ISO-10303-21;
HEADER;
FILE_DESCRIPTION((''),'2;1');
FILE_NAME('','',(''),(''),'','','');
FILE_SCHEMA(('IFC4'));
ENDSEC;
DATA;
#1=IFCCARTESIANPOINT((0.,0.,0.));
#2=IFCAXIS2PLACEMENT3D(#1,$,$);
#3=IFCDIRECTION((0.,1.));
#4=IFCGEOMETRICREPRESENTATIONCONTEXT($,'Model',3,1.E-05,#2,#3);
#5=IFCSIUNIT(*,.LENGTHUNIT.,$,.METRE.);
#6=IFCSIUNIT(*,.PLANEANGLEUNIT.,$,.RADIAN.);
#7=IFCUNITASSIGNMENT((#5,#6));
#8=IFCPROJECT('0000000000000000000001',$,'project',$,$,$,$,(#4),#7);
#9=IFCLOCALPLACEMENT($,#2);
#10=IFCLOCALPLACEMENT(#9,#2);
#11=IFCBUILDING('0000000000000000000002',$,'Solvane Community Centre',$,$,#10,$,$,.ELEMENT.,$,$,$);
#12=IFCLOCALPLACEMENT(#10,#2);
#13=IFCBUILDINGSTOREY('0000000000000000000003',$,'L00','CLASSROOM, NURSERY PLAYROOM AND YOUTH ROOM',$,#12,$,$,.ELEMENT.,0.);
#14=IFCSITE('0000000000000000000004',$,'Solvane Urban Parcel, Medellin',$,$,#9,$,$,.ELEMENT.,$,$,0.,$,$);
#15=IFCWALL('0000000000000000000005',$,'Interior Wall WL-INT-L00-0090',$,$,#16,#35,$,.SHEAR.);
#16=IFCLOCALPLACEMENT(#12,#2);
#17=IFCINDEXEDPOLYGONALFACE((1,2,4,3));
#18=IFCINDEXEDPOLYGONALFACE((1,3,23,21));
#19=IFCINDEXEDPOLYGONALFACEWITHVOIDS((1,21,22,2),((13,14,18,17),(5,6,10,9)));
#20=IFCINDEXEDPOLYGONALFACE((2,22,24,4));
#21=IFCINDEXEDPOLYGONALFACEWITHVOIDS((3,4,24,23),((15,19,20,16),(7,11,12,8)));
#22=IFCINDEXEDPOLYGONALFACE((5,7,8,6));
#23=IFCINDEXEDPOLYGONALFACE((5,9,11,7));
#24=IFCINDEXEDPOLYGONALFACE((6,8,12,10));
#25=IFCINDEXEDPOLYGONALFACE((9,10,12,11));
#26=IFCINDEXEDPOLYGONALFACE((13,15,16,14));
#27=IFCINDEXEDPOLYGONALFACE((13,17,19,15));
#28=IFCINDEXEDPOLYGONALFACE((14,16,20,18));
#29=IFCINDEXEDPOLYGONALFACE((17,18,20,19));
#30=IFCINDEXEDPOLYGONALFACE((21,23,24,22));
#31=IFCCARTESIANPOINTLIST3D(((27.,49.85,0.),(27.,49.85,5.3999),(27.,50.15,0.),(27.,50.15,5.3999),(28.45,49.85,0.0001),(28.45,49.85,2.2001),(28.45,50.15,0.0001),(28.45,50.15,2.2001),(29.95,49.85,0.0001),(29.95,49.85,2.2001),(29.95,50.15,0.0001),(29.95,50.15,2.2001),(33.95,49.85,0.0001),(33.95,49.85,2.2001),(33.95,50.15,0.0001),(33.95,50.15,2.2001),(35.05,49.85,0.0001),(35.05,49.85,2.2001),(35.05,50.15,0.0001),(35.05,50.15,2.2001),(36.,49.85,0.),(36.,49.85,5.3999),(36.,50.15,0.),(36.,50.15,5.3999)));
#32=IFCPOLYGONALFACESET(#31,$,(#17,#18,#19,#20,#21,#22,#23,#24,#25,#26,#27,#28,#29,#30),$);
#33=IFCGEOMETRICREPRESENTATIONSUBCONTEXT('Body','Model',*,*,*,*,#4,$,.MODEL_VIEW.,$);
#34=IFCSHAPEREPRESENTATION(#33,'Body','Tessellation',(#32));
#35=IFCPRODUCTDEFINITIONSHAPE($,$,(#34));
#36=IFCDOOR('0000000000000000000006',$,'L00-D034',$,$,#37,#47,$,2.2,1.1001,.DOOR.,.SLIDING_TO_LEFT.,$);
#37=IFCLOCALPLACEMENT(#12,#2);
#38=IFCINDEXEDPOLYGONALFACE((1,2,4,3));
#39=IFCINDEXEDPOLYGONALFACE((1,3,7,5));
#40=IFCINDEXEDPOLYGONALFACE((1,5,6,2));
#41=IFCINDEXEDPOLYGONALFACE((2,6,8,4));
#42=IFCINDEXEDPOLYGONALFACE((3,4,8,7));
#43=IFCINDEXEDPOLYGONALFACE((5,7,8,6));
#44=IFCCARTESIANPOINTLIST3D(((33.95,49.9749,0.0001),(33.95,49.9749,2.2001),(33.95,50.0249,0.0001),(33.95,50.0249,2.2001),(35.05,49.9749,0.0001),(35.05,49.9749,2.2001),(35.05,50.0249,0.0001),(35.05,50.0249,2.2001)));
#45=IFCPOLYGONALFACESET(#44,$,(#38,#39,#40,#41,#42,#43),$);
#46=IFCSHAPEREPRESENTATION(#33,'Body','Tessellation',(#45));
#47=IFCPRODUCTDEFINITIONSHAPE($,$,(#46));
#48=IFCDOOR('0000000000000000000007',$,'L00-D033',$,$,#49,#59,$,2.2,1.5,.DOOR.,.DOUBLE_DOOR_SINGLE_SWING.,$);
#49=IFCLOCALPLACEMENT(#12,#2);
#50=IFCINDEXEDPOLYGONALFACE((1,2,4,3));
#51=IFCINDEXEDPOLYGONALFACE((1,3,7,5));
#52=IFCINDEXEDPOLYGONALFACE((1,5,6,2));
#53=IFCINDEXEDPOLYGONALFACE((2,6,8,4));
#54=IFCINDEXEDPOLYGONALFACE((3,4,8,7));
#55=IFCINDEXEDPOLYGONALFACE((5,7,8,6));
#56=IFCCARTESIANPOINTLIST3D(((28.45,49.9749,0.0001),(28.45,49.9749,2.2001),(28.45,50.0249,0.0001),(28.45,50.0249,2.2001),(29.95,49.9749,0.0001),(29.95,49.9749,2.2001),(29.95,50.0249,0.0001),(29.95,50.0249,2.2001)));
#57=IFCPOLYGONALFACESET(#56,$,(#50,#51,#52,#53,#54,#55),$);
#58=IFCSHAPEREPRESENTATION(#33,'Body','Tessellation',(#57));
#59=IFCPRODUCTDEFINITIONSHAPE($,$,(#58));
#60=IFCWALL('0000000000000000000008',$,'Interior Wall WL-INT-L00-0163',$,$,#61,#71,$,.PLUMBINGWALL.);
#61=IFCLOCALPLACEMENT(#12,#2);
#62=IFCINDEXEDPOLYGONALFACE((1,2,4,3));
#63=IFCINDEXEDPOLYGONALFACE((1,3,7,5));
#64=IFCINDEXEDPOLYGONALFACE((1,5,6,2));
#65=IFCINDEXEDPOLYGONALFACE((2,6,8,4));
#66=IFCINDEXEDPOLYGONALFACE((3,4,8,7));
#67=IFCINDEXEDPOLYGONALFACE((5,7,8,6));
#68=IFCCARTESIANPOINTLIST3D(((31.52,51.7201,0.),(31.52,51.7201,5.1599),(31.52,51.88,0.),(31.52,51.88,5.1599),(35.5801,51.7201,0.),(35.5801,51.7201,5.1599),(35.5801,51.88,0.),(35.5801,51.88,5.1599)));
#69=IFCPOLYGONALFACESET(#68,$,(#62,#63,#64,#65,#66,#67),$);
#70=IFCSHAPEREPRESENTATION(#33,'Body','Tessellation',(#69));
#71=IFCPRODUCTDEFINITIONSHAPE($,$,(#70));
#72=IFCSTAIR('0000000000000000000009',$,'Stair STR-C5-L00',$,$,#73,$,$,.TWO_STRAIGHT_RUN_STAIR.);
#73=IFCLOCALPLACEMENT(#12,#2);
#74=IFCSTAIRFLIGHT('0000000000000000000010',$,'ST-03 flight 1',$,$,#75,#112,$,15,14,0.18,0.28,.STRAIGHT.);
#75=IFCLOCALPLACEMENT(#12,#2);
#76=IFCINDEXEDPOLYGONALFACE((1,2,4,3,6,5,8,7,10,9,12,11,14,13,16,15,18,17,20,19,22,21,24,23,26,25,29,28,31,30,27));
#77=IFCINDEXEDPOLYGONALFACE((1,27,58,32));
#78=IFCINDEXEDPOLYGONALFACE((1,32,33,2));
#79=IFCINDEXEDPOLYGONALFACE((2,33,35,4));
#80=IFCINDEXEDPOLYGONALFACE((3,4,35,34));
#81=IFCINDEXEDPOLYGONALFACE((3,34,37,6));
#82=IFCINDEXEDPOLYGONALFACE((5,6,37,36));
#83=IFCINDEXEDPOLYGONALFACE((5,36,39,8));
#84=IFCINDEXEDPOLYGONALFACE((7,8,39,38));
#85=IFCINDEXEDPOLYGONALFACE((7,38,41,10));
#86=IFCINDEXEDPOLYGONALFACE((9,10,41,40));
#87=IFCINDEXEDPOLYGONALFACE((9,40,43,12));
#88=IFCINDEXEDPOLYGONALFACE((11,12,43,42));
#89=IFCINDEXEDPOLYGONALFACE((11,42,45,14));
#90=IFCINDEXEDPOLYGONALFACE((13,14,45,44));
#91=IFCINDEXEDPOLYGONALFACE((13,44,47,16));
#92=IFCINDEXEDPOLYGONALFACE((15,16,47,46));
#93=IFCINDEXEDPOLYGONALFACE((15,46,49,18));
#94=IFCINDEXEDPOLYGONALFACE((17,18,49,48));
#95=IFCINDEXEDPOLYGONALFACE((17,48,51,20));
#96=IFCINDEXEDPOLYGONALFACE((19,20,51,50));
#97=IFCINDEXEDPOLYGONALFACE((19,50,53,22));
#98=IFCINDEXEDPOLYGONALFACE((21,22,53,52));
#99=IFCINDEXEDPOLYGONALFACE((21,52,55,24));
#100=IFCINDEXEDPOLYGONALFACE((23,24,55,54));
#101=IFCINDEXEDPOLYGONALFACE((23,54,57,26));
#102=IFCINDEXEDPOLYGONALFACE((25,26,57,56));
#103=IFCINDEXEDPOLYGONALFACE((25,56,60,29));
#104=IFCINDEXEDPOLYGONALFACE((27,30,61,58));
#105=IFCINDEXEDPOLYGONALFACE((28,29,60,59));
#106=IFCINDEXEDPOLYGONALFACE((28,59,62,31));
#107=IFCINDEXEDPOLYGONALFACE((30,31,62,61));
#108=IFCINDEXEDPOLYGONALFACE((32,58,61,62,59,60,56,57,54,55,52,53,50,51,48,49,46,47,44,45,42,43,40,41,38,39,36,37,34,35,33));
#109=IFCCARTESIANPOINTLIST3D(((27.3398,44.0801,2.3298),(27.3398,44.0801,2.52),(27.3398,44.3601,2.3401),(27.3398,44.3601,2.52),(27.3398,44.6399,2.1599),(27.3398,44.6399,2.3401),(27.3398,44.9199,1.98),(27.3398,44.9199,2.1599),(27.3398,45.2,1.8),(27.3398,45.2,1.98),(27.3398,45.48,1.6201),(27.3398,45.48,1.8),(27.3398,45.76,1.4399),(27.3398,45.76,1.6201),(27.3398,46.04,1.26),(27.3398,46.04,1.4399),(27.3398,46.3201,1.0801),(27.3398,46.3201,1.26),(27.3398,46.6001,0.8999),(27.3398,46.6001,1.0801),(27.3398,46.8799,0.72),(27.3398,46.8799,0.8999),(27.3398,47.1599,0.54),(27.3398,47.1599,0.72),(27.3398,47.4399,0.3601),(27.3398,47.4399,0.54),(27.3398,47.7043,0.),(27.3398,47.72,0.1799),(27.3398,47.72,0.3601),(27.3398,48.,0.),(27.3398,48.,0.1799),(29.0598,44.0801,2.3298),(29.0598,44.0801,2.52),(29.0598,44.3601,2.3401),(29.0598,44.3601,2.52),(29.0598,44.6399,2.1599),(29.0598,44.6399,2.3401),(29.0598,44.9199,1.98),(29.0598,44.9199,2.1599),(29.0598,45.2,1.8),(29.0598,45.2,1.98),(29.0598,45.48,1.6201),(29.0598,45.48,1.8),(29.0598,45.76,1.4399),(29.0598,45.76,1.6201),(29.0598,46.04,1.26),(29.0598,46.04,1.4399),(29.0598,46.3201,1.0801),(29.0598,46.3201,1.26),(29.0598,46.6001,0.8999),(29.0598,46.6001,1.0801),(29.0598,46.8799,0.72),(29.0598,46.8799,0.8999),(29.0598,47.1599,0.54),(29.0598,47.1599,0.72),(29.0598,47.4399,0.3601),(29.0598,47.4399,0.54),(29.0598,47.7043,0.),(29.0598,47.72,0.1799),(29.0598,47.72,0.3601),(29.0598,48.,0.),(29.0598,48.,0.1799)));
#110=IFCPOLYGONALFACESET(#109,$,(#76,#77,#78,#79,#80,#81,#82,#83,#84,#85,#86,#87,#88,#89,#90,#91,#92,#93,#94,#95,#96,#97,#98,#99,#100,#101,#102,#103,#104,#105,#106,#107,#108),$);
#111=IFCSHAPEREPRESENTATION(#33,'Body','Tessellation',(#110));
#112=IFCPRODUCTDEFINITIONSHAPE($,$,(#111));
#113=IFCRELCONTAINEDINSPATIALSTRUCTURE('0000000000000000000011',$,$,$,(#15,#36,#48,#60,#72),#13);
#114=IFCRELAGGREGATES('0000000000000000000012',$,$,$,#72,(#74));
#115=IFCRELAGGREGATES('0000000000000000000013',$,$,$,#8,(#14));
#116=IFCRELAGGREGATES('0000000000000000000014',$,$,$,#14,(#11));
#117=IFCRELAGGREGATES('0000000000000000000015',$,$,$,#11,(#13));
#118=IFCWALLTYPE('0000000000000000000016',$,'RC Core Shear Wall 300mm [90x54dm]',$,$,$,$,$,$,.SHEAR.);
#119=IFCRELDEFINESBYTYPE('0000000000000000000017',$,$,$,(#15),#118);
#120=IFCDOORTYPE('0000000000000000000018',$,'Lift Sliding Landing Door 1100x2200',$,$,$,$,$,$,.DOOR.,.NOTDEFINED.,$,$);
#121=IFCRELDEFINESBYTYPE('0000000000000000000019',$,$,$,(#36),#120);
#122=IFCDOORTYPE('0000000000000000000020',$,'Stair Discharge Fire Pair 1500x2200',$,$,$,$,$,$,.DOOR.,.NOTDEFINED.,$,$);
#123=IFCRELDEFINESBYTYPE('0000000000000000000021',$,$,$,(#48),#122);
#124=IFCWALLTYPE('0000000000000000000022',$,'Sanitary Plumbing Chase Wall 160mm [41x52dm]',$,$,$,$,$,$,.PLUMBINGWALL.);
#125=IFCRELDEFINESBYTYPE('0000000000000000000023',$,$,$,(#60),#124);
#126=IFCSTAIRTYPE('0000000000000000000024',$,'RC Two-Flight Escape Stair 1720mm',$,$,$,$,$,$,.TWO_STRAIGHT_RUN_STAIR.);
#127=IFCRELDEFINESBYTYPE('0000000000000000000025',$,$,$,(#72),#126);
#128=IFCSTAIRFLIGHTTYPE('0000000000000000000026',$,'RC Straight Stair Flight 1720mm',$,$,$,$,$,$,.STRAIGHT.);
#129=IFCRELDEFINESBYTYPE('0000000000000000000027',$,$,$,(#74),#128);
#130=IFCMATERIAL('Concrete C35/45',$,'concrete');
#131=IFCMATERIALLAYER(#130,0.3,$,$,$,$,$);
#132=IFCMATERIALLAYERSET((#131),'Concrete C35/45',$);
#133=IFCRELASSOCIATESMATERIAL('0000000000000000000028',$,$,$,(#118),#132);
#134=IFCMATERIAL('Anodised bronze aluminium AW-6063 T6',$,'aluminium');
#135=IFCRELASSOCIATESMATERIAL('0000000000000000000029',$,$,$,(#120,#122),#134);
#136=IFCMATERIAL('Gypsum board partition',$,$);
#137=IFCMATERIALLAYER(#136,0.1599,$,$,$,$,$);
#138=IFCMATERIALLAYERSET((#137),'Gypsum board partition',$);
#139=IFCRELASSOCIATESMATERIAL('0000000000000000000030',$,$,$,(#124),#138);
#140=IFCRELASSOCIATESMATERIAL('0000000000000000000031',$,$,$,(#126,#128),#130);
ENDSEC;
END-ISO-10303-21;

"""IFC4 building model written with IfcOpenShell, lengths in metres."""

from ifc_helpers import new_model, si_unit, direction, frame, frame_2d, origin, place, context, subcontext, project, spatial, polyline, rectangle, outline, extrude, material, layer, layer_set, type_object, element, fill, aggregate, save


model = new_model("IFC4")

# Units and contexts
model_context = context("Model", 3, precision=1e-05, world=origin(), true_north=direction((0.0, 1.0)))
body_context = subcontext(model_context, "Body", "Model", "MODEL_VIEW")
ifc_project = project(units=[si_unit("LENGTHUNIT", "METRE"), si_unit("PLANEANGLEUNIT", "RADIAN")], contexts=[model_context])

# Site, building, storey
site_placement = place(None, origin())
site = spatial("IfcSite", under=ifc_project, at=site_placement, Name="Solvane Urban Parcel, Medellin", CompositionType="ELEMENT", RefElevation=0.0)
building_placement = place(site_placement, origin())
building = spatial("IfcBuilding", under=site, at=building_placement, Name="Solvane Community Centre", CompositionType="ELEMENT")
storey_placement = place(building_placement, origin())
storey = spatial("IfcBuildingStorey", under=building, at=storey_placement, Name="L00", Description="CLASSROOM, NURSERY PLAYROOM AND YOUTH ROOM", CompositionType="ELEMENT", Elevation=0.0)

# Shared definitions
ifc_material_1 = material(Name="Concrete C35/45", Category="concrete")

# Shared definitions
ifc_material_2 = material(Name="Gypsum board partition")

# Shared definitions
ifc_material_3 = material(Name="Anodised bronze aluminium AW-6063 T6", Category="aluminium")

# Wall, openings, doors
ifc_layer_1 = layer(ifc_material_1, 0.3)
ifc_layer_set_1 = layer_set([ifc_layer_1], Name="Concrete C35/45")
wall_type_1 = type_object("IfcWallType", Name="RC Core Shear Wall 300mm [90x54dm]", PredefinedType="SHEAR", material=ifc_layer_set_1)
wall_1_placement = place(storey_placement, frame((27.0, 50.0, 0.0), z_axis=(0.0, 0.0, 1.0), x_axis=(1.0, 0.0, 0.0)))
wall_1 = element("IfcWall", 1, at=wall_1_placement, inside=storey, type_object=wall_type_1, Name="Interior Wall WL-INT-L00-0090", PredefinedType="SHEAR", context=body_context, shape_type="SweptSolid", body=[
    extrude(rectangle(XDim=9.0, YDim=0.3, at=frame_2d((4.5, 0.0))), origin(), (0.0, 0.0, 1.0), 5.3999),
])
opening_1_placement = place(wall_1_placement, frame((1.45, 0.0, 0.0)))
opening_1 = element("IfcOpeningElement", 2, at=opening_1_placement, cuts=wall_1, PredefinedType="OPENING", context=body_context, shape_type="SweptSolid", body=[
    extrude(rectangle(XDim=1.5, YDim=2.2, at=frame_2d((0.75, 1.1001))), frame((0.0, 0.1599, 0.0), z_axis=(0.0, -1.0, 0.0), x_axis=(1.0, 0.0, 0.0)), (0.0, 0.0, 1.0), 0.3201),
])
opening_2_placement = place(wall_1_placement, frame((6.95, 0.0, 0.0)))
opening_2 = element("IfcOpeningElement", 3, at=opening_2_placement, cuts=wall_1, PredefinedType="OPENING", context=body_context, shape_type="SweptSolid", body=[
    extrude(rectangle(XDim=1.1001, YDim=2.2, at=frame_2d((0.55, 1.1001))), frame((0.0, 0.1599, 0.0), z_axis=(0.0, -1.0, 0.0), x_axis=(1.0, 0.0, 0.0)), (0.0, 0.0, 1.0), 0.3201),
])
door_type_1 = type_object("IfcDoorType", Name="Lift Sliding Landing Door 1100x2200", OperationType="NOTDEFINED", PredefinedType="DOOR", material=ifc_material_3)
door_1_placement = place(opening_2_placement, origin())
door_1 = element("IfcDoor", 4, at=door_1_placement, inside=storey, type_object=door_type_1, Name="L00-D034", OperationType="SLIDING_TO_LEFT", OverallHeight=2.2, OverallWidth=1.1001, PredefinedType="DOOR", context=body_context, shape_type="SweptSolid", body=[
    extrude(rectangle(XDim=1.1001, YDim=2.2, at=frame_2d((0.55, 1.1001))), frame((0.0, 0.0249, 0.0), z_axis=(0.0, -1.0, 0.0), x_axis=(1.0, 0.0, 0.0)), (0.0, 0.0, 1.0), 0.05),
])
fill(opening_2, door_1)
door_type_2 = type_object("IfcDoorType", Name="Stair Discharge Fire Pair 1500x2200", OperationType="NOTDEFINED", PredefinedType="DOOR", material=ifc_material_3)
door_2_placement = place(opening_1_placement, origin())
door_2 = element("IfcDoor", 5, at=door_2_placement, inside=storey, type_object=door_type_2, Name="L00-D033", OperationType="DOUBLE_DOOR_SINGLE_SWING", OverallHeight=2.2, OverallWidth=1.5, PredefinedType="DOOR", context=body_context, shape_type="SweptSolid", body=[
    extrude(rectangle(XDim=1.5, YDim=2.2, at=frame_2d((0.75, 1.1001))), frame((0.0, 0.0249, 0.0), z_axis=(0.0, -1.0, 0.0), x_axis=(1.0, 0.0, 0.0)), (0.0, 0.0, 1.0), 0.05),
])
fill(opening_1, door_2)

# Wall
ifc_layer_2 = layer(ifc_material_2, 0.1599)
ifc_layer_set_2 = layer_set([ifc_layer_2], Name="Gypsum board partition")
wall_type_2 = type_object("IfcWallType", Name="Sanitary Plumbing Chase Wall 160mm [41x52dm]", PredefinedType="PLUMBINGWALL", material=ifc_layer_set_2)
wall_2_placement = place(storey_placement, frame((35.5801, 51.8, 0.0), z_axis=(0.0, 0.0, 1.0), x_axis=(-1.0, 0.0, 0.0)))
element("IfcWall", 6, at=wall_2_placement, inside=storey, type_object=wall_type_2, Name="Interior Wall WL-INT-L00-0163", PredefinedType="PLUMBINGWALL", context=body_context, shape_type="SweptSolid", body=[
    extrude(rectangle(XDim=4.0601, YDim=0.1599, at=frame_2d((2.03, 0.0))), origin(), (0.0, 0.0, 1.0), 5.1599),
])

# Stair, stair flight
stair_type = type_object("IfcStairType", Name="RC Two-Flight Escape Stair 1720mm", PredefinedType="TWO_STRAIGHT_RUN_STAIR", material=ifc_material_1)
stair_placement = place(storey_placement, origin())
stair = element("IfcStair", 7, at=stair_placement, inside=storey, type_object=stair_type, Name="Stair STR-C5-L00", PredefinedType="TWO_STRAIGHT_RUN_STAIR")
stair_flight_type = type_object("IfcStairFlightType", Name="RC Straight Stair Flight 1720mm", PredefinedType="STRAIGHT", material=ifc_material_1)
stair_flight_placement = place(storey_placement, frame((28.2, 48.0, 0.0), z_axis=(0.0, 0.0, 1.0), x_axis=(0.0, -1.0, 0.0)))
stair_flight = element("IfcStairFlight", 8, at=stair_flight_placement, type_object=stair_flight_type, Name="ST-03 flight 1", NumberOfRisers=15, NumberOfTreads=14, PredefinedType="STRAIGHT", RiserHeight=0.18, TreadLength=0.28, context=body_context, shape_type="SweptSolid", body=[
    extrude(outline(polyline([(0.0, 0.0), (0.0, 0.1799), (0.28, 0.1799), (0.28, 0.3601), (0.5601, 0.3601), (0.5601, 0.54), (0.8401, 0.54), (0.8401, 0.72), (1.1201, 0.72), (1.1201, 0.8999), (1.3999, 0.8999), (1.3999, 1.0801), (1.6799, 1.0801), (1.6799, 1.26), (1.96, 1.26), (1.96, 1.4399), (2.24, 1.4399), (2.24, 1.6201), (2.52, 1.6201), (2.52, 1.8), (2.8, 1.8), (2.8, 1.98), (3.0801, 1.98), (3.0801, 2.1599), (3.3601, 2.1599), (3.3601, 2.3401), (3.6399, 2.3401), (3.6399, 2.52), (3.9199, 2.52), (3.9199, 2.7), (3.9199, 2.3298), (0.2957, 0.0), (0.0, 0.0)])), frame((0.0, 0.8599, 0.0), z_axis=(0.0, -1.0, 0.0), x_axis=(1.0, 0.0, 0.0)), (0.0, 0.0, 1.0), 1.72),
])
aggregate(stair, [stair_flight])

save(model, "model.ifc")
